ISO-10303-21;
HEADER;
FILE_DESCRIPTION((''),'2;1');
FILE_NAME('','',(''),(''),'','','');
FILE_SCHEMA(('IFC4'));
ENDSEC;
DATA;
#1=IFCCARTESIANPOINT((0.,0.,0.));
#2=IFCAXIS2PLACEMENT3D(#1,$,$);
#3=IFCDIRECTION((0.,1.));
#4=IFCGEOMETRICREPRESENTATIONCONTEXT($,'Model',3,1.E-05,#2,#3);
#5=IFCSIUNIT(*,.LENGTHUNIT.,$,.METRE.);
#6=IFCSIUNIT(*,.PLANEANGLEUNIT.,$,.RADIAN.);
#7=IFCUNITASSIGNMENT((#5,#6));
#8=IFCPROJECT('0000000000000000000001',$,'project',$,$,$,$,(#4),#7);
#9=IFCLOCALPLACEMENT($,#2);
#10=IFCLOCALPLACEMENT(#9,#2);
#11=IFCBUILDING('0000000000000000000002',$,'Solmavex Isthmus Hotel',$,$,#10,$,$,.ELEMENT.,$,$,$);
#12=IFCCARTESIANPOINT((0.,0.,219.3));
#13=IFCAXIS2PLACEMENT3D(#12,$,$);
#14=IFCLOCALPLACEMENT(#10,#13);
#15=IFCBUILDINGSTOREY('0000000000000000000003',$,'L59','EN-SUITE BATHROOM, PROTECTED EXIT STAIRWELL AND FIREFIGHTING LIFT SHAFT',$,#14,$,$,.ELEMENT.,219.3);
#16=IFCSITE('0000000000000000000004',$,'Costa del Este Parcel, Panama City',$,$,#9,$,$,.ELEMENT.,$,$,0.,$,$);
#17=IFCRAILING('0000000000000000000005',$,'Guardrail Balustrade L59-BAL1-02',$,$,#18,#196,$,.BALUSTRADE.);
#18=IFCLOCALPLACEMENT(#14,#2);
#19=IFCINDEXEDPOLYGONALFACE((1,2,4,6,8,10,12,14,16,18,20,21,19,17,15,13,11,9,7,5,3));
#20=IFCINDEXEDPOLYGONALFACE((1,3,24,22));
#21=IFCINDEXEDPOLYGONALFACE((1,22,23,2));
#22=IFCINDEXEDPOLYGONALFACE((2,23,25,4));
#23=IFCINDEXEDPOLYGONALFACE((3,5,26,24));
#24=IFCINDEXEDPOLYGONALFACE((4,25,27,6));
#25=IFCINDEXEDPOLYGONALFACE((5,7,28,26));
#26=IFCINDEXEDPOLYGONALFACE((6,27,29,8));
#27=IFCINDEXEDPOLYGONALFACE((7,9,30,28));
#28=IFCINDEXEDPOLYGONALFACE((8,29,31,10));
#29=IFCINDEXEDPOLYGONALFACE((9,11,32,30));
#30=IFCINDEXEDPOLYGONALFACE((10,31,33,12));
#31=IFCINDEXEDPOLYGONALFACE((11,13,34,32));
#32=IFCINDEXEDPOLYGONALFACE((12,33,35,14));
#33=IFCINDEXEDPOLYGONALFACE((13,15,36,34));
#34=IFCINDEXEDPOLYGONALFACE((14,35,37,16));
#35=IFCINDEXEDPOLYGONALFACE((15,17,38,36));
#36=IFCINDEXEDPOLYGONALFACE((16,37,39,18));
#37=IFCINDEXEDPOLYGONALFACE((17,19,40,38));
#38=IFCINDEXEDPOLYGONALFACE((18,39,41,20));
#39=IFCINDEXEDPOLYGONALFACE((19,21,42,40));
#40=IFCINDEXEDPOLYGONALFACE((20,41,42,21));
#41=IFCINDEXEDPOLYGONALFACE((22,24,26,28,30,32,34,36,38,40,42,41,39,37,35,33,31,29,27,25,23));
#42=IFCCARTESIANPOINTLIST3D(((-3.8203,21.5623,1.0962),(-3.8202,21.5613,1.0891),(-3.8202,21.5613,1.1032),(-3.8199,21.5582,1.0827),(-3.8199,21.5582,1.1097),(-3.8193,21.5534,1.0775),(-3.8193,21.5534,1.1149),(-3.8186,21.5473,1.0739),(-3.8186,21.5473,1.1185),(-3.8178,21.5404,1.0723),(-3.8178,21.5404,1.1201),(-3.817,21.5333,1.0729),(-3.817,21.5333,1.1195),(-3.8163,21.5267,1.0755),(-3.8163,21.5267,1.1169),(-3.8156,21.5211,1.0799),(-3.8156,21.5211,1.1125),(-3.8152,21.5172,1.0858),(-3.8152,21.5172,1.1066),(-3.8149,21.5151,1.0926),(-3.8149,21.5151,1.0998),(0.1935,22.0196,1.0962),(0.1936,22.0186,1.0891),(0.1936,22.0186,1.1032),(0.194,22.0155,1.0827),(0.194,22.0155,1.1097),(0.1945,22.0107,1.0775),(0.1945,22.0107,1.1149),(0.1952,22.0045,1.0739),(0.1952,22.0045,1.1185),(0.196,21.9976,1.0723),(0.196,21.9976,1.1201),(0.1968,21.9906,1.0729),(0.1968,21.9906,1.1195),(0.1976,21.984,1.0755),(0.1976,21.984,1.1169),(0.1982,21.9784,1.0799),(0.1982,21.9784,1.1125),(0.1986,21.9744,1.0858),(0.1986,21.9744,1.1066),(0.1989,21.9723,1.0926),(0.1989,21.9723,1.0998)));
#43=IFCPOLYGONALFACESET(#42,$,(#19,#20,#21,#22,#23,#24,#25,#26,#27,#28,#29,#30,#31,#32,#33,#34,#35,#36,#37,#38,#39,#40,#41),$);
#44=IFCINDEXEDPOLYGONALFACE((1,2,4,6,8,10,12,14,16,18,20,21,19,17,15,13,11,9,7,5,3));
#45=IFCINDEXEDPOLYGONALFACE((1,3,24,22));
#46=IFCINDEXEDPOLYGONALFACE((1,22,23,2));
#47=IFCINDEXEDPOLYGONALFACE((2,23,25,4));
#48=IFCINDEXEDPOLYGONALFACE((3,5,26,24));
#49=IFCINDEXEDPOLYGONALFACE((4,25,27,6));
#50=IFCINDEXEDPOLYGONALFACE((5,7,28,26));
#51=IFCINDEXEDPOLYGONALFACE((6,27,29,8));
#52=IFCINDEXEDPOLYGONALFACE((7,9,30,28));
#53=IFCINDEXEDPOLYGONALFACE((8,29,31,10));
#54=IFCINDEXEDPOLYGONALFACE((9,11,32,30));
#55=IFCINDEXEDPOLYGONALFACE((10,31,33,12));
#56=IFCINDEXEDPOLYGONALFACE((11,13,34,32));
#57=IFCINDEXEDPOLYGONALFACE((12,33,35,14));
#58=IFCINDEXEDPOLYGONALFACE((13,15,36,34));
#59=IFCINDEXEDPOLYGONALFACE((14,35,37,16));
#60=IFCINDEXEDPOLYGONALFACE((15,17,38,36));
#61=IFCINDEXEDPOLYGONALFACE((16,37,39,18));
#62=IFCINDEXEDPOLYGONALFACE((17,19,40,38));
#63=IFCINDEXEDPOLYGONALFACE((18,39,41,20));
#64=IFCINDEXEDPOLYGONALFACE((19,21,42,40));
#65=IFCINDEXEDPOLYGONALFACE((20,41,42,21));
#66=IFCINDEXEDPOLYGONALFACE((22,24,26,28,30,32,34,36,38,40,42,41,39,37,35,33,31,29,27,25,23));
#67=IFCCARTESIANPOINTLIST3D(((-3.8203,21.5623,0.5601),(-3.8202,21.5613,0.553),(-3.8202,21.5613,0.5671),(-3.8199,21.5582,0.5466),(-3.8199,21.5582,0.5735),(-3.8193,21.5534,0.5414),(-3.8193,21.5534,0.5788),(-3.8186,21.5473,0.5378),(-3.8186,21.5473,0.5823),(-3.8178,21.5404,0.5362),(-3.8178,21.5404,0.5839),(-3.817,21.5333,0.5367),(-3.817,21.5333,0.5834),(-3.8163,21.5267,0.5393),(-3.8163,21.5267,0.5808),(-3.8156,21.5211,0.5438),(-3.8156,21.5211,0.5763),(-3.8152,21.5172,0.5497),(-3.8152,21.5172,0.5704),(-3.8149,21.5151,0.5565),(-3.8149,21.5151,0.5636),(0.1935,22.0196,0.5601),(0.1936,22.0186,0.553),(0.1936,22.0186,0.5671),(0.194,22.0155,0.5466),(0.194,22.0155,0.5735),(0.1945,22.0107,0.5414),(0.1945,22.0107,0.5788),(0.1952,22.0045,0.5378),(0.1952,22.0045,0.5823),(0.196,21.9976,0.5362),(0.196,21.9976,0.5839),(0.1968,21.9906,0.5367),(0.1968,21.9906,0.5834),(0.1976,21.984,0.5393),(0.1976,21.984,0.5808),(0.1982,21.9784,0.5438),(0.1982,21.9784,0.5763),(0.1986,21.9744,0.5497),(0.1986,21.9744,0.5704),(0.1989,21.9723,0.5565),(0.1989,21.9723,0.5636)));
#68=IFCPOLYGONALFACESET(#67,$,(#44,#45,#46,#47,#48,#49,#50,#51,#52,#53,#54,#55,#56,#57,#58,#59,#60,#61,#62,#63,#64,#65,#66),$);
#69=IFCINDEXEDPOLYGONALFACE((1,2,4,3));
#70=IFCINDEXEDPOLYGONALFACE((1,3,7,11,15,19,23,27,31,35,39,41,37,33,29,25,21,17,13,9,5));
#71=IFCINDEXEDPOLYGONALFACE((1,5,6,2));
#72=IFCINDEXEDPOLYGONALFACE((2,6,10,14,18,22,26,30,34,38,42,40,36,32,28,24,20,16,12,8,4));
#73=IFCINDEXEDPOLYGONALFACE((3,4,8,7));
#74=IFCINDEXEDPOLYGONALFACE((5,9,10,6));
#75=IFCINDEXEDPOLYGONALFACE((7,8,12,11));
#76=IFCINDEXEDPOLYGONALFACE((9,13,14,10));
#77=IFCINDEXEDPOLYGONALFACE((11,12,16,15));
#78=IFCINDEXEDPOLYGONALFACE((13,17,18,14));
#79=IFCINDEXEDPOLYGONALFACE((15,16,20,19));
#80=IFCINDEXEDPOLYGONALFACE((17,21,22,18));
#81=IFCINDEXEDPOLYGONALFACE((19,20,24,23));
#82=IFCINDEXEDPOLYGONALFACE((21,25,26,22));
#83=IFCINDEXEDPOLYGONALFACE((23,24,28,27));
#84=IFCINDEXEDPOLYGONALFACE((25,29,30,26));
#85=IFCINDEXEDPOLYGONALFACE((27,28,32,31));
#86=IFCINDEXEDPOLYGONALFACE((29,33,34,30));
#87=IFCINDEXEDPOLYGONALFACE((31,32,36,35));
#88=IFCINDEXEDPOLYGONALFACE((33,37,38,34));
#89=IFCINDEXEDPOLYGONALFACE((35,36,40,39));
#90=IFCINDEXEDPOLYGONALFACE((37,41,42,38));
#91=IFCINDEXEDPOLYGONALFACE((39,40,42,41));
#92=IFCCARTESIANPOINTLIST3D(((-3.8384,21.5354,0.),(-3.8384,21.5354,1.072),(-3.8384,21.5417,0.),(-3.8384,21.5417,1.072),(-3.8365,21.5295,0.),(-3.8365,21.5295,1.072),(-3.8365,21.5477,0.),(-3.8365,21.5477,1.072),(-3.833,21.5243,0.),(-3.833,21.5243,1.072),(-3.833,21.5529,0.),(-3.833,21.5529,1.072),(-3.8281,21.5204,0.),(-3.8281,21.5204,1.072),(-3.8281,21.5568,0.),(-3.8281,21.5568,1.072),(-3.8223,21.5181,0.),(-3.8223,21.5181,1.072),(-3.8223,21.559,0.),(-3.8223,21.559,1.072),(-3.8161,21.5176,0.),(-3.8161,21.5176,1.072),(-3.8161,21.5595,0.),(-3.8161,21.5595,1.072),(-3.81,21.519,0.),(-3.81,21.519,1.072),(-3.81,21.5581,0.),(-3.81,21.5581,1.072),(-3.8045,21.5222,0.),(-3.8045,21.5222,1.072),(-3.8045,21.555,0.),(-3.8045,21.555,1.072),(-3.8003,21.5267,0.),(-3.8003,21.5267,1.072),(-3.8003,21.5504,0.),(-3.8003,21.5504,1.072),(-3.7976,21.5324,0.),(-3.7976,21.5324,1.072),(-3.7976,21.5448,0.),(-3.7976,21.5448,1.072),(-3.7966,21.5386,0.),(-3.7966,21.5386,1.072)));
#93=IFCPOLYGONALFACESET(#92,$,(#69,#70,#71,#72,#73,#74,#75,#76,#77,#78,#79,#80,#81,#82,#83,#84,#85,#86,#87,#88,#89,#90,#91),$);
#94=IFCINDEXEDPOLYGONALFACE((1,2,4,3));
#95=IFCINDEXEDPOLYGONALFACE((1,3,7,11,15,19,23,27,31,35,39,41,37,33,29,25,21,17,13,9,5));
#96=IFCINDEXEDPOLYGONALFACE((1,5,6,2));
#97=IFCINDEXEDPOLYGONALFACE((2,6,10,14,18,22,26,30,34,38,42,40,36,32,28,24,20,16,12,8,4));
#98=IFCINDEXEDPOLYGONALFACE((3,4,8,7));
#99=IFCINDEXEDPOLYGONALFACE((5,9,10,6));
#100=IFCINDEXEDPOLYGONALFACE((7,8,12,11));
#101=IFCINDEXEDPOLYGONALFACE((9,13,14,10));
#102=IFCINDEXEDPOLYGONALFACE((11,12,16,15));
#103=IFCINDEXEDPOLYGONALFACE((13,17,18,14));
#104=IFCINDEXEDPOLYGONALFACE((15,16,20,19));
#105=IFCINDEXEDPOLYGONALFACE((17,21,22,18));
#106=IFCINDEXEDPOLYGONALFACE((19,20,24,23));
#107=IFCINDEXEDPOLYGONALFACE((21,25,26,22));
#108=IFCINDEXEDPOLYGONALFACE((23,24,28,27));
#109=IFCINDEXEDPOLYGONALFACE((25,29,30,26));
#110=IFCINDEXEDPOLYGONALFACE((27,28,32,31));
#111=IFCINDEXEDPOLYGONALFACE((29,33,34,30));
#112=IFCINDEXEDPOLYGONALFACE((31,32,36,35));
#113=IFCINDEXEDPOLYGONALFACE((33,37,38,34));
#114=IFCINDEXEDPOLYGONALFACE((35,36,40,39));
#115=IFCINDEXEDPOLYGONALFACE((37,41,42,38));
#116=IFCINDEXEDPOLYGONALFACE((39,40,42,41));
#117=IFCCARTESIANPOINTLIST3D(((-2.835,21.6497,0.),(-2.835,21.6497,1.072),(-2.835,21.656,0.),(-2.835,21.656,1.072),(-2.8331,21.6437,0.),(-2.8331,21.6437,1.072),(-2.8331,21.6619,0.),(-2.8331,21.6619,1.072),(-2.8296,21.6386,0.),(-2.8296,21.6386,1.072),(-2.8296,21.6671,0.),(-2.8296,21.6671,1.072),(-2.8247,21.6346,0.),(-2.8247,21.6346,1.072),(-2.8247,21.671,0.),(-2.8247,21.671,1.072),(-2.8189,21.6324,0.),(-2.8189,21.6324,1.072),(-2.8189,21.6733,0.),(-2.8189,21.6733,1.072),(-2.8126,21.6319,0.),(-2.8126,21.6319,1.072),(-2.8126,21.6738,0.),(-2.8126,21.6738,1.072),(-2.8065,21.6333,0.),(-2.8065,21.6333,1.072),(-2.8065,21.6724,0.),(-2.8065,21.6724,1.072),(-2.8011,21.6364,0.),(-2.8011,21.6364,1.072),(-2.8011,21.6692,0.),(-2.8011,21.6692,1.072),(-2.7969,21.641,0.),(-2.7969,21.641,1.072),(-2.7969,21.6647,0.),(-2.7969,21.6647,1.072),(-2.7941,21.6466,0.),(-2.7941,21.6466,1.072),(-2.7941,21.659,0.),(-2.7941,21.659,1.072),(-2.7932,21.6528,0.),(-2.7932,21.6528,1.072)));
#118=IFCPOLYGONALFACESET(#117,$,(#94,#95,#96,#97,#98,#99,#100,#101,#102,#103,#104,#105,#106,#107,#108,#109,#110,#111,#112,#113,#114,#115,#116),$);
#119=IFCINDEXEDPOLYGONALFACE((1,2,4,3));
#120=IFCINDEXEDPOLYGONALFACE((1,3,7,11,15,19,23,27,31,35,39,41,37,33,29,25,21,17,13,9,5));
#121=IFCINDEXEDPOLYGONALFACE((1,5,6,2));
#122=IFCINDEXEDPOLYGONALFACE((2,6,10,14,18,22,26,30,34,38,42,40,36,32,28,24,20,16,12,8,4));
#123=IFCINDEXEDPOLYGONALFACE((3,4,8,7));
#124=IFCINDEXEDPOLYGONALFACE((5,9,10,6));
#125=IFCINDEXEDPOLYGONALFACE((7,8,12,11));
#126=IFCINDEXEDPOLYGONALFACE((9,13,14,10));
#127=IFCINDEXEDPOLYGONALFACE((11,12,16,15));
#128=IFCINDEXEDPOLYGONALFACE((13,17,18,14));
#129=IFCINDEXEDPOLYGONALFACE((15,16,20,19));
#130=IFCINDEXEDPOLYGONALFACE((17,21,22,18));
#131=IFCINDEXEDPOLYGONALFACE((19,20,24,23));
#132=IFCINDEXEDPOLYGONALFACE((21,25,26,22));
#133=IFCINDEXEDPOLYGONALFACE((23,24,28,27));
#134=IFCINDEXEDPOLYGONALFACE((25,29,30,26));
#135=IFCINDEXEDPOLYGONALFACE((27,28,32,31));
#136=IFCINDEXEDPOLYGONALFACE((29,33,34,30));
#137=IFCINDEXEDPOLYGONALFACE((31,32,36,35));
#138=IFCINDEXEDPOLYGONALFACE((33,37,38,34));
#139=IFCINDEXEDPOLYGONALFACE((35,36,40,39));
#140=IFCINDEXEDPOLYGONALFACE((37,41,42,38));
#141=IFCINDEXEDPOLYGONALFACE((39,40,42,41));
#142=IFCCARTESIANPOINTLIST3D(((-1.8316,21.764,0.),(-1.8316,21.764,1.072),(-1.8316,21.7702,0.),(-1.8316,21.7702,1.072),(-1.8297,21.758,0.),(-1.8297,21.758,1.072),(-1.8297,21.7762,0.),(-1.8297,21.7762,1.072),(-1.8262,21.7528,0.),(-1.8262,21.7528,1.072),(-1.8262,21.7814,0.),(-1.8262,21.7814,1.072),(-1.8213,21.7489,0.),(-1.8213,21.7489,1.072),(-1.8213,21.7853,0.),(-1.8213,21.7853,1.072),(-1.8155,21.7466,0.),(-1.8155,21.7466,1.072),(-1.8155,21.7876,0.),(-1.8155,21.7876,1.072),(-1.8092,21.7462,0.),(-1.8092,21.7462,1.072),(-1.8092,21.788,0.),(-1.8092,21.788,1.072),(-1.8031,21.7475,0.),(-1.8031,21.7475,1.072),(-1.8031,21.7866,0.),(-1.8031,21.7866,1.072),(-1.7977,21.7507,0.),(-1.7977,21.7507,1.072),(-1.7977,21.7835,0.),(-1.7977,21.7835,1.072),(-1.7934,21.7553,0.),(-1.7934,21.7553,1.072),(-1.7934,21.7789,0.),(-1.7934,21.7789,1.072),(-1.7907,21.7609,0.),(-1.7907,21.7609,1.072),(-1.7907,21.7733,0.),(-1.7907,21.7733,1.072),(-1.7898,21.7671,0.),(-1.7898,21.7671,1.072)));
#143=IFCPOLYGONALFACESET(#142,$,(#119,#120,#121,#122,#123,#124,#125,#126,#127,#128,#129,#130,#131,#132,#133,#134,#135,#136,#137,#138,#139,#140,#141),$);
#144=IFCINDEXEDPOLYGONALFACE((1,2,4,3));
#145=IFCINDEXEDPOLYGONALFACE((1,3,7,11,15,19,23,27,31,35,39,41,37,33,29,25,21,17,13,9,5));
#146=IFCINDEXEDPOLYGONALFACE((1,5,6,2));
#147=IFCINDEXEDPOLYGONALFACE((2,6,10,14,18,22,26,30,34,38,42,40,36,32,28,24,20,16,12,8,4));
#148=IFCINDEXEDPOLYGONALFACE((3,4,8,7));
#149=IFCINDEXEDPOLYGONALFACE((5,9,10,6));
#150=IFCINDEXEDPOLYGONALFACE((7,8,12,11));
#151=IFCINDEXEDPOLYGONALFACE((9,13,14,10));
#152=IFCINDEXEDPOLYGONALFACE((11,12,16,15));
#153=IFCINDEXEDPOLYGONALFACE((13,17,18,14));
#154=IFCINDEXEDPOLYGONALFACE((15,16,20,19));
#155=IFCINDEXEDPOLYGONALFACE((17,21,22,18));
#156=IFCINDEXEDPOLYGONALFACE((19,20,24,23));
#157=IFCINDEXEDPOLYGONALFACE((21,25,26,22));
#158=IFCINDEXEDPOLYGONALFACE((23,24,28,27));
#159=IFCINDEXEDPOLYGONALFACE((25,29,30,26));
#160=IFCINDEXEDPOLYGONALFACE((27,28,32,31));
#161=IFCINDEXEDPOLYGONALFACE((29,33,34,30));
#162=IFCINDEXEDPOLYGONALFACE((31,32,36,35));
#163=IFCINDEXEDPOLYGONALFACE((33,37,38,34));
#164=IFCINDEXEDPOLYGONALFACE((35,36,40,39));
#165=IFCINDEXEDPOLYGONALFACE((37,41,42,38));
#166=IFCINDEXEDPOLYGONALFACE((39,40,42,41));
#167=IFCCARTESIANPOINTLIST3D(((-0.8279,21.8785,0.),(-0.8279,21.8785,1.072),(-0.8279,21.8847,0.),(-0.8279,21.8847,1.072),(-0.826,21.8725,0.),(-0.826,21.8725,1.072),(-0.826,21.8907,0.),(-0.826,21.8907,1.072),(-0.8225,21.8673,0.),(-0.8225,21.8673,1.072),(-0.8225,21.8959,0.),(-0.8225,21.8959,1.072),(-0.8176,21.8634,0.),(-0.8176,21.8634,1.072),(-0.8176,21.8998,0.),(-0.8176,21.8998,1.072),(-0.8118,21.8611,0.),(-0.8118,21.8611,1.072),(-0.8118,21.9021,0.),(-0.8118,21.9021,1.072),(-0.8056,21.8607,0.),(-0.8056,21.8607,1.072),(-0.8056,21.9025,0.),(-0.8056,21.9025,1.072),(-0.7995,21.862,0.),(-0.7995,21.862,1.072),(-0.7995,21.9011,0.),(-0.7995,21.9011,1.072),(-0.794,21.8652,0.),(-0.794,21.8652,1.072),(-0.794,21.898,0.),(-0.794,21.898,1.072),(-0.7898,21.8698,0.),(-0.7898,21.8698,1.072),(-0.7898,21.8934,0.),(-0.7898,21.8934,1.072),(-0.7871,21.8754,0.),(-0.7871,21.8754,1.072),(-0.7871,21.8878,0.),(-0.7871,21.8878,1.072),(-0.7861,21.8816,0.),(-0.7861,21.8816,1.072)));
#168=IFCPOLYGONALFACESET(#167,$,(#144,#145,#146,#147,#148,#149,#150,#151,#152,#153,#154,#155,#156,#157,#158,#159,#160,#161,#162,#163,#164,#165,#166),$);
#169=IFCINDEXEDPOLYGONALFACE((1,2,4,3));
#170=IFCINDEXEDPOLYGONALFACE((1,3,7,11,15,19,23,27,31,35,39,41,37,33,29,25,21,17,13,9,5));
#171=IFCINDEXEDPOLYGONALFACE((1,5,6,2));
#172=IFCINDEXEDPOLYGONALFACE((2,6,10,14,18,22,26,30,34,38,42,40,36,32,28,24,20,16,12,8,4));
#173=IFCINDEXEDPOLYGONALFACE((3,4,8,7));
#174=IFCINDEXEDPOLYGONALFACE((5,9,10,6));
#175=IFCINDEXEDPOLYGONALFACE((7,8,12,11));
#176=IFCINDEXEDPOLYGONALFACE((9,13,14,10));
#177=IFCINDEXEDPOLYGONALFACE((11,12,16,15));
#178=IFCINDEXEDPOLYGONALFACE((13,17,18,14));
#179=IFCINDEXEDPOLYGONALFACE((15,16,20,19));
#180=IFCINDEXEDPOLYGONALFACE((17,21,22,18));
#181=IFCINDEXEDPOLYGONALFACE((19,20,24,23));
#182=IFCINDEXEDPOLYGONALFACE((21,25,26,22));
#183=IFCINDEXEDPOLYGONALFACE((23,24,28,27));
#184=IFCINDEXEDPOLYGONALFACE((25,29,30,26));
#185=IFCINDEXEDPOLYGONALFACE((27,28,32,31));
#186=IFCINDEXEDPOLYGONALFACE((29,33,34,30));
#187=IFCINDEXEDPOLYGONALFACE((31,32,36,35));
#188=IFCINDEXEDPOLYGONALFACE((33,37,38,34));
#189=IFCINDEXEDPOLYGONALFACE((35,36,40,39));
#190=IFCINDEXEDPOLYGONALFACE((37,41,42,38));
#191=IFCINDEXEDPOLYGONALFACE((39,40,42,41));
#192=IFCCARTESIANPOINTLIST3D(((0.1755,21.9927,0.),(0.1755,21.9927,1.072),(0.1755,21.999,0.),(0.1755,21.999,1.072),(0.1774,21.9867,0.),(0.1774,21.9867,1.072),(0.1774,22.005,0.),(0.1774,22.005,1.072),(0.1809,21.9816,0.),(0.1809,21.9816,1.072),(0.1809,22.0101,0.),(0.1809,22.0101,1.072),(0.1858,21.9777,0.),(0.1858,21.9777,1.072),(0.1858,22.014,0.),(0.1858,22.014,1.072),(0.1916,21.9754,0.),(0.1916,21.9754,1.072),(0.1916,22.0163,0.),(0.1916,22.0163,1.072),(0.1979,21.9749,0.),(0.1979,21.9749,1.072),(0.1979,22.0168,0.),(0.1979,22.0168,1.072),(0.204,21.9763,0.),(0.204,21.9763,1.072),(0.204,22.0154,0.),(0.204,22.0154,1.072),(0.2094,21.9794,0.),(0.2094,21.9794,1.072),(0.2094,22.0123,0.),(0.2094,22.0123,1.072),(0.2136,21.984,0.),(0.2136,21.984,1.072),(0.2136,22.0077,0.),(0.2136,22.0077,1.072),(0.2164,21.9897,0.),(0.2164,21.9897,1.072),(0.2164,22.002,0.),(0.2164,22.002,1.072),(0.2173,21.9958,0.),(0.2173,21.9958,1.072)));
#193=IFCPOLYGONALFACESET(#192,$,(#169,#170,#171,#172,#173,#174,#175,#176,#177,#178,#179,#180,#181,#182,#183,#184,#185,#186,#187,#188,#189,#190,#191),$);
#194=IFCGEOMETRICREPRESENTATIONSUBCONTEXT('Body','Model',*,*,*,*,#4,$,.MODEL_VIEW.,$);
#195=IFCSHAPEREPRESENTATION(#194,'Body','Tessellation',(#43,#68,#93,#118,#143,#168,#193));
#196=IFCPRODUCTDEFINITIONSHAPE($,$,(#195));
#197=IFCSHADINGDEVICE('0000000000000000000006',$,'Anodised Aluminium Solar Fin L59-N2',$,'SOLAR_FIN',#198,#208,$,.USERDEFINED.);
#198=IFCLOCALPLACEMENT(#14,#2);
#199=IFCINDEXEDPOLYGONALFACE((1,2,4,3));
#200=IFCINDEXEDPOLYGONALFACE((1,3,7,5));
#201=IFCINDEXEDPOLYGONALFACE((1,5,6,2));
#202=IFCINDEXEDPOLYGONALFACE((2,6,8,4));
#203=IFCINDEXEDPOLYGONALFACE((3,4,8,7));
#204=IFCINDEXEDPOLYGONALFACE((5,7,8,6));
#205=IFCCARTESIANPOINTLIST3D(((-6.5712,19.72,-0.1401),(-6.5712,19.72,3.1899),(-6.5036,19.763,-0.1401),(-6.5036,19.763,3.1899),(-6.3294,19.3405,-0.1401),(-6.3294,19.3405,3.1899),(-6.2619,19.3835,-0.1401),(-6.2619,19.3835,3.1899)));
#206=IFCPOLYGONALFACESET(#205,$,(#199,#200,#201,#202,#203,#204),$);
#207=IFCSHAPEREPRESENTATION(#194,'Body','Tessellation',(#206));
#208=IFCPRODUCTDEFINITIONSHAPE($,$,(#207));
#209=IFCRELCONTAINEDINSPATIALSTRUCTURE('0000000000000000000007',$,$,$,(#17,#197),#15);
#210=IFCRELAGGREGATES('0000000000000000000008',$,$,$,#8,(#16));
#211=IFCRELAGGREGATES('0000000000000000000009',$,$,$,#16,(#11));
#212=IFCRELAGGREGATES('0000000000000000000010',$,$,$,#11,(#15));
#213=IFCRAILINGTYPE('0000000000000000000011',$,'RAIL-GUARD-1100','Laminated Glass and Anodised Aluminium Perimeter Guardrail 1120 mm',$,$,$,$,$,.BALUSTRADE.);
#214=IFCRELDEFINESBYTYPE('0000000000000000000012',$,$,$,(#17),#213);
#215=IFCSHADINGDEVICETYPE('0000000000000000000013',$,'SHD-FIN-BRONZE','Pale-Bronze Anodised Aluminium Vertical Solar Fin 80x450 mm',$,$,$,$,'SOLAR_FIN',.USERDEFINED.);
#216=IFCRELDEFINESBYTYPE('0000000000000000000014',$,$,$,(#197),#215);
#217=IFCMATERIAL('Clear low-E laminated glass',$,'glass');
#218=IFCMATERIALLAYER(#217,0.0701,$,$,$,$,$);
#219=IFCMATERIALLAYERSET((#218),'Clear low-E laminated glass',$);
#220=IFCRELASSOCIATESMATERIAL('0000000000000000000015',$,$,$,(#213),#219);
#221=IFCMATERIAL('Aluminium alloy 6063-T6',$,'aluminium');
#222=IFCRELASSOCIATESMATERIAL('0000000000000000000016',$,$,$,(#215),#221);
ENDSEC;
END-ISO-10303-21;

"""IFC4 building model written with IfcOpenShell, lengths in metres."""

from ifc_helpers import new_model, si_unit, direction, frame, origin, origin_2d, place, context, subcontext, project, spatial, rectangle, circle, extrude, material, layer, layer_set, type_object, element, save


model = new_model("IFC4")

# Units and contexts
model_context = context("Model", 3, precision=1e-05, world=origin(), true_north=direction((0.0, 1.0)))
body_context = subcontext(model_context, "Body", "Model", "MODEL_VIEW")
ifc_project = project(units=[si_unit("LENGTHUNIT", "METRE"), si_unit("PLANEANGLEUNIT", "RADIAN")], contexts=[model_context])

# Site, building, storey
site_placement = place(None, origin())
site = spatial("IfcSite", under=ifc_project, at=site_placement, Name="Costa del Este Parcel, Panama City", CompositionType="ELEMENT", RefElevation=0.0)
building_placement = place(site_placement, origin())
building = spatial("IfcBuilding", under=site, at=building_placement, Name="Solmavex Isthmus Hotel", CompositionType="ELEMENT")
storey_placement = place(building_placement, frame((0.0, 0.0, 219.3)))
storey = spatial("IfcBuildingStorey", under=building, at=storey_placement, Name="L59", Description="EN-SUITE BATHROOM, PROTECTED EXIT STAIRWELL AND FIREFIGHTING LIFT SHAFT", CompositionType="ELEMENT", Elevation=219.3)

# Shared definitions
ifc_material_1 = material(Name="Aluminium alloy 6063-T6", Category="aluminium")

# Shared definitions
ifc_material_2 = material(Name="Clear low-E laminated glass", Category="glass")

# Railing
ifc_layer_1 = layer(ifc_material_2, 0.0701)
ifc_layer_set_1 = layer_set([ifc_layer_1], Name="Clear low-E laminated glass")
railing_type = type_object("IfcRailingType", Name="RAIL-GUARD-1100", Description="Laminated Glass and Anodised Aluminium Perimeter Guardrail 1120 mm", PredefinedType="BALUSTRADE", material=ifc_layer_set_1)
railing_1_placement = place(storey_placement, frame((-3.8176, 21.5386, 0.0)))
element("IfcRailing", 1, at=railing_1_placement, inside=storey, type_object=railing_type, Name="Guardrail Balustrade L59-BAL1-02", PredefinedType="BALUSTRADE", context=body_context, shape_type="SweptSolid", body=[
    extrude(circle(Radius=0.0239, at=origin_2d()), frame((0.0, 0.0, 1.0962), z_axis=(0.993573, 0.11319, 0.0), x_axis=(-0.11319, 0.993573, 0.0)), (0.0, 0.0, 1.0), 4.0398),
    extrude(circle(Radius=0.0239, at=origin_2d()), frame((0.0, 0.0, 0.5601), z_axis=(0.993573, 0.11319, 0.0), x_axis=(-0.11319, 0.993573, 0.0)), (0.0, 0.0, 1.0), 4.0398),
    extrude(circle(Radius=0.021, at=origin_2d()), origin(), (0.0, 0.0, 1.0), 1.072),
    extrude(circle(Radius=0.021, at=origin_2d()), frame((1.0034, 0.1143, 0.0)), (0.0, 0.0, 1.0), 1.072),
    extrude(circle(Radius=0.021, at=origin_2d()), frame((2.0068, 0.2285, 0.0)), (0.0, 0.0, 1.0), 1.072),
    extrude(circle(Radius=0.021, at=origin_2d()), frame((3.0105, 0.343, 0.0)), (0.0, 0.0, 1.0), 1.072),
    extrude(circle(Radius=0.021, at=origin_2d()), frame((4.0139, 0.4573, 0.0)), (0.0, 0.0, 1.0), 1.072),
])

# Shading device
shading_device_type = type_object("IfcShadingDeviceType", Name="SHD-FIN-BRONZE", Description="Pale-Bronze Anodised Aluminium Vertical Solar Fin 80x450 mm", ElementType="SOLAR_FIN", PredefinedType="USERDEFINED", material=ifc_material_1)
shading_device_placement = place(storey_placement, frame((-6.4165, 19.5518, -0.1401), z_axis=(0.0, 0.0, 1.0), x_axis=(-0.5373, 0.843391, 0.0)))
element("IfcShadingDevice", 2, at=shading_device_placement, inside=storey, type_object=shading_device_type, Name="Anodised Aluminium Solar Fin L59-N2", ObjectType="SOLAR_FIN", PredefinedType="USERDEFINED", context=body_context, shape_type="SweptSolid", body=[
    extrude(rectangle(XDim=0.45, YDim=0.0801, at=origin_2d()), origin(), (0.0, 0.0, 1.0), 3.3301),
])

save(model, "model.ifc")
